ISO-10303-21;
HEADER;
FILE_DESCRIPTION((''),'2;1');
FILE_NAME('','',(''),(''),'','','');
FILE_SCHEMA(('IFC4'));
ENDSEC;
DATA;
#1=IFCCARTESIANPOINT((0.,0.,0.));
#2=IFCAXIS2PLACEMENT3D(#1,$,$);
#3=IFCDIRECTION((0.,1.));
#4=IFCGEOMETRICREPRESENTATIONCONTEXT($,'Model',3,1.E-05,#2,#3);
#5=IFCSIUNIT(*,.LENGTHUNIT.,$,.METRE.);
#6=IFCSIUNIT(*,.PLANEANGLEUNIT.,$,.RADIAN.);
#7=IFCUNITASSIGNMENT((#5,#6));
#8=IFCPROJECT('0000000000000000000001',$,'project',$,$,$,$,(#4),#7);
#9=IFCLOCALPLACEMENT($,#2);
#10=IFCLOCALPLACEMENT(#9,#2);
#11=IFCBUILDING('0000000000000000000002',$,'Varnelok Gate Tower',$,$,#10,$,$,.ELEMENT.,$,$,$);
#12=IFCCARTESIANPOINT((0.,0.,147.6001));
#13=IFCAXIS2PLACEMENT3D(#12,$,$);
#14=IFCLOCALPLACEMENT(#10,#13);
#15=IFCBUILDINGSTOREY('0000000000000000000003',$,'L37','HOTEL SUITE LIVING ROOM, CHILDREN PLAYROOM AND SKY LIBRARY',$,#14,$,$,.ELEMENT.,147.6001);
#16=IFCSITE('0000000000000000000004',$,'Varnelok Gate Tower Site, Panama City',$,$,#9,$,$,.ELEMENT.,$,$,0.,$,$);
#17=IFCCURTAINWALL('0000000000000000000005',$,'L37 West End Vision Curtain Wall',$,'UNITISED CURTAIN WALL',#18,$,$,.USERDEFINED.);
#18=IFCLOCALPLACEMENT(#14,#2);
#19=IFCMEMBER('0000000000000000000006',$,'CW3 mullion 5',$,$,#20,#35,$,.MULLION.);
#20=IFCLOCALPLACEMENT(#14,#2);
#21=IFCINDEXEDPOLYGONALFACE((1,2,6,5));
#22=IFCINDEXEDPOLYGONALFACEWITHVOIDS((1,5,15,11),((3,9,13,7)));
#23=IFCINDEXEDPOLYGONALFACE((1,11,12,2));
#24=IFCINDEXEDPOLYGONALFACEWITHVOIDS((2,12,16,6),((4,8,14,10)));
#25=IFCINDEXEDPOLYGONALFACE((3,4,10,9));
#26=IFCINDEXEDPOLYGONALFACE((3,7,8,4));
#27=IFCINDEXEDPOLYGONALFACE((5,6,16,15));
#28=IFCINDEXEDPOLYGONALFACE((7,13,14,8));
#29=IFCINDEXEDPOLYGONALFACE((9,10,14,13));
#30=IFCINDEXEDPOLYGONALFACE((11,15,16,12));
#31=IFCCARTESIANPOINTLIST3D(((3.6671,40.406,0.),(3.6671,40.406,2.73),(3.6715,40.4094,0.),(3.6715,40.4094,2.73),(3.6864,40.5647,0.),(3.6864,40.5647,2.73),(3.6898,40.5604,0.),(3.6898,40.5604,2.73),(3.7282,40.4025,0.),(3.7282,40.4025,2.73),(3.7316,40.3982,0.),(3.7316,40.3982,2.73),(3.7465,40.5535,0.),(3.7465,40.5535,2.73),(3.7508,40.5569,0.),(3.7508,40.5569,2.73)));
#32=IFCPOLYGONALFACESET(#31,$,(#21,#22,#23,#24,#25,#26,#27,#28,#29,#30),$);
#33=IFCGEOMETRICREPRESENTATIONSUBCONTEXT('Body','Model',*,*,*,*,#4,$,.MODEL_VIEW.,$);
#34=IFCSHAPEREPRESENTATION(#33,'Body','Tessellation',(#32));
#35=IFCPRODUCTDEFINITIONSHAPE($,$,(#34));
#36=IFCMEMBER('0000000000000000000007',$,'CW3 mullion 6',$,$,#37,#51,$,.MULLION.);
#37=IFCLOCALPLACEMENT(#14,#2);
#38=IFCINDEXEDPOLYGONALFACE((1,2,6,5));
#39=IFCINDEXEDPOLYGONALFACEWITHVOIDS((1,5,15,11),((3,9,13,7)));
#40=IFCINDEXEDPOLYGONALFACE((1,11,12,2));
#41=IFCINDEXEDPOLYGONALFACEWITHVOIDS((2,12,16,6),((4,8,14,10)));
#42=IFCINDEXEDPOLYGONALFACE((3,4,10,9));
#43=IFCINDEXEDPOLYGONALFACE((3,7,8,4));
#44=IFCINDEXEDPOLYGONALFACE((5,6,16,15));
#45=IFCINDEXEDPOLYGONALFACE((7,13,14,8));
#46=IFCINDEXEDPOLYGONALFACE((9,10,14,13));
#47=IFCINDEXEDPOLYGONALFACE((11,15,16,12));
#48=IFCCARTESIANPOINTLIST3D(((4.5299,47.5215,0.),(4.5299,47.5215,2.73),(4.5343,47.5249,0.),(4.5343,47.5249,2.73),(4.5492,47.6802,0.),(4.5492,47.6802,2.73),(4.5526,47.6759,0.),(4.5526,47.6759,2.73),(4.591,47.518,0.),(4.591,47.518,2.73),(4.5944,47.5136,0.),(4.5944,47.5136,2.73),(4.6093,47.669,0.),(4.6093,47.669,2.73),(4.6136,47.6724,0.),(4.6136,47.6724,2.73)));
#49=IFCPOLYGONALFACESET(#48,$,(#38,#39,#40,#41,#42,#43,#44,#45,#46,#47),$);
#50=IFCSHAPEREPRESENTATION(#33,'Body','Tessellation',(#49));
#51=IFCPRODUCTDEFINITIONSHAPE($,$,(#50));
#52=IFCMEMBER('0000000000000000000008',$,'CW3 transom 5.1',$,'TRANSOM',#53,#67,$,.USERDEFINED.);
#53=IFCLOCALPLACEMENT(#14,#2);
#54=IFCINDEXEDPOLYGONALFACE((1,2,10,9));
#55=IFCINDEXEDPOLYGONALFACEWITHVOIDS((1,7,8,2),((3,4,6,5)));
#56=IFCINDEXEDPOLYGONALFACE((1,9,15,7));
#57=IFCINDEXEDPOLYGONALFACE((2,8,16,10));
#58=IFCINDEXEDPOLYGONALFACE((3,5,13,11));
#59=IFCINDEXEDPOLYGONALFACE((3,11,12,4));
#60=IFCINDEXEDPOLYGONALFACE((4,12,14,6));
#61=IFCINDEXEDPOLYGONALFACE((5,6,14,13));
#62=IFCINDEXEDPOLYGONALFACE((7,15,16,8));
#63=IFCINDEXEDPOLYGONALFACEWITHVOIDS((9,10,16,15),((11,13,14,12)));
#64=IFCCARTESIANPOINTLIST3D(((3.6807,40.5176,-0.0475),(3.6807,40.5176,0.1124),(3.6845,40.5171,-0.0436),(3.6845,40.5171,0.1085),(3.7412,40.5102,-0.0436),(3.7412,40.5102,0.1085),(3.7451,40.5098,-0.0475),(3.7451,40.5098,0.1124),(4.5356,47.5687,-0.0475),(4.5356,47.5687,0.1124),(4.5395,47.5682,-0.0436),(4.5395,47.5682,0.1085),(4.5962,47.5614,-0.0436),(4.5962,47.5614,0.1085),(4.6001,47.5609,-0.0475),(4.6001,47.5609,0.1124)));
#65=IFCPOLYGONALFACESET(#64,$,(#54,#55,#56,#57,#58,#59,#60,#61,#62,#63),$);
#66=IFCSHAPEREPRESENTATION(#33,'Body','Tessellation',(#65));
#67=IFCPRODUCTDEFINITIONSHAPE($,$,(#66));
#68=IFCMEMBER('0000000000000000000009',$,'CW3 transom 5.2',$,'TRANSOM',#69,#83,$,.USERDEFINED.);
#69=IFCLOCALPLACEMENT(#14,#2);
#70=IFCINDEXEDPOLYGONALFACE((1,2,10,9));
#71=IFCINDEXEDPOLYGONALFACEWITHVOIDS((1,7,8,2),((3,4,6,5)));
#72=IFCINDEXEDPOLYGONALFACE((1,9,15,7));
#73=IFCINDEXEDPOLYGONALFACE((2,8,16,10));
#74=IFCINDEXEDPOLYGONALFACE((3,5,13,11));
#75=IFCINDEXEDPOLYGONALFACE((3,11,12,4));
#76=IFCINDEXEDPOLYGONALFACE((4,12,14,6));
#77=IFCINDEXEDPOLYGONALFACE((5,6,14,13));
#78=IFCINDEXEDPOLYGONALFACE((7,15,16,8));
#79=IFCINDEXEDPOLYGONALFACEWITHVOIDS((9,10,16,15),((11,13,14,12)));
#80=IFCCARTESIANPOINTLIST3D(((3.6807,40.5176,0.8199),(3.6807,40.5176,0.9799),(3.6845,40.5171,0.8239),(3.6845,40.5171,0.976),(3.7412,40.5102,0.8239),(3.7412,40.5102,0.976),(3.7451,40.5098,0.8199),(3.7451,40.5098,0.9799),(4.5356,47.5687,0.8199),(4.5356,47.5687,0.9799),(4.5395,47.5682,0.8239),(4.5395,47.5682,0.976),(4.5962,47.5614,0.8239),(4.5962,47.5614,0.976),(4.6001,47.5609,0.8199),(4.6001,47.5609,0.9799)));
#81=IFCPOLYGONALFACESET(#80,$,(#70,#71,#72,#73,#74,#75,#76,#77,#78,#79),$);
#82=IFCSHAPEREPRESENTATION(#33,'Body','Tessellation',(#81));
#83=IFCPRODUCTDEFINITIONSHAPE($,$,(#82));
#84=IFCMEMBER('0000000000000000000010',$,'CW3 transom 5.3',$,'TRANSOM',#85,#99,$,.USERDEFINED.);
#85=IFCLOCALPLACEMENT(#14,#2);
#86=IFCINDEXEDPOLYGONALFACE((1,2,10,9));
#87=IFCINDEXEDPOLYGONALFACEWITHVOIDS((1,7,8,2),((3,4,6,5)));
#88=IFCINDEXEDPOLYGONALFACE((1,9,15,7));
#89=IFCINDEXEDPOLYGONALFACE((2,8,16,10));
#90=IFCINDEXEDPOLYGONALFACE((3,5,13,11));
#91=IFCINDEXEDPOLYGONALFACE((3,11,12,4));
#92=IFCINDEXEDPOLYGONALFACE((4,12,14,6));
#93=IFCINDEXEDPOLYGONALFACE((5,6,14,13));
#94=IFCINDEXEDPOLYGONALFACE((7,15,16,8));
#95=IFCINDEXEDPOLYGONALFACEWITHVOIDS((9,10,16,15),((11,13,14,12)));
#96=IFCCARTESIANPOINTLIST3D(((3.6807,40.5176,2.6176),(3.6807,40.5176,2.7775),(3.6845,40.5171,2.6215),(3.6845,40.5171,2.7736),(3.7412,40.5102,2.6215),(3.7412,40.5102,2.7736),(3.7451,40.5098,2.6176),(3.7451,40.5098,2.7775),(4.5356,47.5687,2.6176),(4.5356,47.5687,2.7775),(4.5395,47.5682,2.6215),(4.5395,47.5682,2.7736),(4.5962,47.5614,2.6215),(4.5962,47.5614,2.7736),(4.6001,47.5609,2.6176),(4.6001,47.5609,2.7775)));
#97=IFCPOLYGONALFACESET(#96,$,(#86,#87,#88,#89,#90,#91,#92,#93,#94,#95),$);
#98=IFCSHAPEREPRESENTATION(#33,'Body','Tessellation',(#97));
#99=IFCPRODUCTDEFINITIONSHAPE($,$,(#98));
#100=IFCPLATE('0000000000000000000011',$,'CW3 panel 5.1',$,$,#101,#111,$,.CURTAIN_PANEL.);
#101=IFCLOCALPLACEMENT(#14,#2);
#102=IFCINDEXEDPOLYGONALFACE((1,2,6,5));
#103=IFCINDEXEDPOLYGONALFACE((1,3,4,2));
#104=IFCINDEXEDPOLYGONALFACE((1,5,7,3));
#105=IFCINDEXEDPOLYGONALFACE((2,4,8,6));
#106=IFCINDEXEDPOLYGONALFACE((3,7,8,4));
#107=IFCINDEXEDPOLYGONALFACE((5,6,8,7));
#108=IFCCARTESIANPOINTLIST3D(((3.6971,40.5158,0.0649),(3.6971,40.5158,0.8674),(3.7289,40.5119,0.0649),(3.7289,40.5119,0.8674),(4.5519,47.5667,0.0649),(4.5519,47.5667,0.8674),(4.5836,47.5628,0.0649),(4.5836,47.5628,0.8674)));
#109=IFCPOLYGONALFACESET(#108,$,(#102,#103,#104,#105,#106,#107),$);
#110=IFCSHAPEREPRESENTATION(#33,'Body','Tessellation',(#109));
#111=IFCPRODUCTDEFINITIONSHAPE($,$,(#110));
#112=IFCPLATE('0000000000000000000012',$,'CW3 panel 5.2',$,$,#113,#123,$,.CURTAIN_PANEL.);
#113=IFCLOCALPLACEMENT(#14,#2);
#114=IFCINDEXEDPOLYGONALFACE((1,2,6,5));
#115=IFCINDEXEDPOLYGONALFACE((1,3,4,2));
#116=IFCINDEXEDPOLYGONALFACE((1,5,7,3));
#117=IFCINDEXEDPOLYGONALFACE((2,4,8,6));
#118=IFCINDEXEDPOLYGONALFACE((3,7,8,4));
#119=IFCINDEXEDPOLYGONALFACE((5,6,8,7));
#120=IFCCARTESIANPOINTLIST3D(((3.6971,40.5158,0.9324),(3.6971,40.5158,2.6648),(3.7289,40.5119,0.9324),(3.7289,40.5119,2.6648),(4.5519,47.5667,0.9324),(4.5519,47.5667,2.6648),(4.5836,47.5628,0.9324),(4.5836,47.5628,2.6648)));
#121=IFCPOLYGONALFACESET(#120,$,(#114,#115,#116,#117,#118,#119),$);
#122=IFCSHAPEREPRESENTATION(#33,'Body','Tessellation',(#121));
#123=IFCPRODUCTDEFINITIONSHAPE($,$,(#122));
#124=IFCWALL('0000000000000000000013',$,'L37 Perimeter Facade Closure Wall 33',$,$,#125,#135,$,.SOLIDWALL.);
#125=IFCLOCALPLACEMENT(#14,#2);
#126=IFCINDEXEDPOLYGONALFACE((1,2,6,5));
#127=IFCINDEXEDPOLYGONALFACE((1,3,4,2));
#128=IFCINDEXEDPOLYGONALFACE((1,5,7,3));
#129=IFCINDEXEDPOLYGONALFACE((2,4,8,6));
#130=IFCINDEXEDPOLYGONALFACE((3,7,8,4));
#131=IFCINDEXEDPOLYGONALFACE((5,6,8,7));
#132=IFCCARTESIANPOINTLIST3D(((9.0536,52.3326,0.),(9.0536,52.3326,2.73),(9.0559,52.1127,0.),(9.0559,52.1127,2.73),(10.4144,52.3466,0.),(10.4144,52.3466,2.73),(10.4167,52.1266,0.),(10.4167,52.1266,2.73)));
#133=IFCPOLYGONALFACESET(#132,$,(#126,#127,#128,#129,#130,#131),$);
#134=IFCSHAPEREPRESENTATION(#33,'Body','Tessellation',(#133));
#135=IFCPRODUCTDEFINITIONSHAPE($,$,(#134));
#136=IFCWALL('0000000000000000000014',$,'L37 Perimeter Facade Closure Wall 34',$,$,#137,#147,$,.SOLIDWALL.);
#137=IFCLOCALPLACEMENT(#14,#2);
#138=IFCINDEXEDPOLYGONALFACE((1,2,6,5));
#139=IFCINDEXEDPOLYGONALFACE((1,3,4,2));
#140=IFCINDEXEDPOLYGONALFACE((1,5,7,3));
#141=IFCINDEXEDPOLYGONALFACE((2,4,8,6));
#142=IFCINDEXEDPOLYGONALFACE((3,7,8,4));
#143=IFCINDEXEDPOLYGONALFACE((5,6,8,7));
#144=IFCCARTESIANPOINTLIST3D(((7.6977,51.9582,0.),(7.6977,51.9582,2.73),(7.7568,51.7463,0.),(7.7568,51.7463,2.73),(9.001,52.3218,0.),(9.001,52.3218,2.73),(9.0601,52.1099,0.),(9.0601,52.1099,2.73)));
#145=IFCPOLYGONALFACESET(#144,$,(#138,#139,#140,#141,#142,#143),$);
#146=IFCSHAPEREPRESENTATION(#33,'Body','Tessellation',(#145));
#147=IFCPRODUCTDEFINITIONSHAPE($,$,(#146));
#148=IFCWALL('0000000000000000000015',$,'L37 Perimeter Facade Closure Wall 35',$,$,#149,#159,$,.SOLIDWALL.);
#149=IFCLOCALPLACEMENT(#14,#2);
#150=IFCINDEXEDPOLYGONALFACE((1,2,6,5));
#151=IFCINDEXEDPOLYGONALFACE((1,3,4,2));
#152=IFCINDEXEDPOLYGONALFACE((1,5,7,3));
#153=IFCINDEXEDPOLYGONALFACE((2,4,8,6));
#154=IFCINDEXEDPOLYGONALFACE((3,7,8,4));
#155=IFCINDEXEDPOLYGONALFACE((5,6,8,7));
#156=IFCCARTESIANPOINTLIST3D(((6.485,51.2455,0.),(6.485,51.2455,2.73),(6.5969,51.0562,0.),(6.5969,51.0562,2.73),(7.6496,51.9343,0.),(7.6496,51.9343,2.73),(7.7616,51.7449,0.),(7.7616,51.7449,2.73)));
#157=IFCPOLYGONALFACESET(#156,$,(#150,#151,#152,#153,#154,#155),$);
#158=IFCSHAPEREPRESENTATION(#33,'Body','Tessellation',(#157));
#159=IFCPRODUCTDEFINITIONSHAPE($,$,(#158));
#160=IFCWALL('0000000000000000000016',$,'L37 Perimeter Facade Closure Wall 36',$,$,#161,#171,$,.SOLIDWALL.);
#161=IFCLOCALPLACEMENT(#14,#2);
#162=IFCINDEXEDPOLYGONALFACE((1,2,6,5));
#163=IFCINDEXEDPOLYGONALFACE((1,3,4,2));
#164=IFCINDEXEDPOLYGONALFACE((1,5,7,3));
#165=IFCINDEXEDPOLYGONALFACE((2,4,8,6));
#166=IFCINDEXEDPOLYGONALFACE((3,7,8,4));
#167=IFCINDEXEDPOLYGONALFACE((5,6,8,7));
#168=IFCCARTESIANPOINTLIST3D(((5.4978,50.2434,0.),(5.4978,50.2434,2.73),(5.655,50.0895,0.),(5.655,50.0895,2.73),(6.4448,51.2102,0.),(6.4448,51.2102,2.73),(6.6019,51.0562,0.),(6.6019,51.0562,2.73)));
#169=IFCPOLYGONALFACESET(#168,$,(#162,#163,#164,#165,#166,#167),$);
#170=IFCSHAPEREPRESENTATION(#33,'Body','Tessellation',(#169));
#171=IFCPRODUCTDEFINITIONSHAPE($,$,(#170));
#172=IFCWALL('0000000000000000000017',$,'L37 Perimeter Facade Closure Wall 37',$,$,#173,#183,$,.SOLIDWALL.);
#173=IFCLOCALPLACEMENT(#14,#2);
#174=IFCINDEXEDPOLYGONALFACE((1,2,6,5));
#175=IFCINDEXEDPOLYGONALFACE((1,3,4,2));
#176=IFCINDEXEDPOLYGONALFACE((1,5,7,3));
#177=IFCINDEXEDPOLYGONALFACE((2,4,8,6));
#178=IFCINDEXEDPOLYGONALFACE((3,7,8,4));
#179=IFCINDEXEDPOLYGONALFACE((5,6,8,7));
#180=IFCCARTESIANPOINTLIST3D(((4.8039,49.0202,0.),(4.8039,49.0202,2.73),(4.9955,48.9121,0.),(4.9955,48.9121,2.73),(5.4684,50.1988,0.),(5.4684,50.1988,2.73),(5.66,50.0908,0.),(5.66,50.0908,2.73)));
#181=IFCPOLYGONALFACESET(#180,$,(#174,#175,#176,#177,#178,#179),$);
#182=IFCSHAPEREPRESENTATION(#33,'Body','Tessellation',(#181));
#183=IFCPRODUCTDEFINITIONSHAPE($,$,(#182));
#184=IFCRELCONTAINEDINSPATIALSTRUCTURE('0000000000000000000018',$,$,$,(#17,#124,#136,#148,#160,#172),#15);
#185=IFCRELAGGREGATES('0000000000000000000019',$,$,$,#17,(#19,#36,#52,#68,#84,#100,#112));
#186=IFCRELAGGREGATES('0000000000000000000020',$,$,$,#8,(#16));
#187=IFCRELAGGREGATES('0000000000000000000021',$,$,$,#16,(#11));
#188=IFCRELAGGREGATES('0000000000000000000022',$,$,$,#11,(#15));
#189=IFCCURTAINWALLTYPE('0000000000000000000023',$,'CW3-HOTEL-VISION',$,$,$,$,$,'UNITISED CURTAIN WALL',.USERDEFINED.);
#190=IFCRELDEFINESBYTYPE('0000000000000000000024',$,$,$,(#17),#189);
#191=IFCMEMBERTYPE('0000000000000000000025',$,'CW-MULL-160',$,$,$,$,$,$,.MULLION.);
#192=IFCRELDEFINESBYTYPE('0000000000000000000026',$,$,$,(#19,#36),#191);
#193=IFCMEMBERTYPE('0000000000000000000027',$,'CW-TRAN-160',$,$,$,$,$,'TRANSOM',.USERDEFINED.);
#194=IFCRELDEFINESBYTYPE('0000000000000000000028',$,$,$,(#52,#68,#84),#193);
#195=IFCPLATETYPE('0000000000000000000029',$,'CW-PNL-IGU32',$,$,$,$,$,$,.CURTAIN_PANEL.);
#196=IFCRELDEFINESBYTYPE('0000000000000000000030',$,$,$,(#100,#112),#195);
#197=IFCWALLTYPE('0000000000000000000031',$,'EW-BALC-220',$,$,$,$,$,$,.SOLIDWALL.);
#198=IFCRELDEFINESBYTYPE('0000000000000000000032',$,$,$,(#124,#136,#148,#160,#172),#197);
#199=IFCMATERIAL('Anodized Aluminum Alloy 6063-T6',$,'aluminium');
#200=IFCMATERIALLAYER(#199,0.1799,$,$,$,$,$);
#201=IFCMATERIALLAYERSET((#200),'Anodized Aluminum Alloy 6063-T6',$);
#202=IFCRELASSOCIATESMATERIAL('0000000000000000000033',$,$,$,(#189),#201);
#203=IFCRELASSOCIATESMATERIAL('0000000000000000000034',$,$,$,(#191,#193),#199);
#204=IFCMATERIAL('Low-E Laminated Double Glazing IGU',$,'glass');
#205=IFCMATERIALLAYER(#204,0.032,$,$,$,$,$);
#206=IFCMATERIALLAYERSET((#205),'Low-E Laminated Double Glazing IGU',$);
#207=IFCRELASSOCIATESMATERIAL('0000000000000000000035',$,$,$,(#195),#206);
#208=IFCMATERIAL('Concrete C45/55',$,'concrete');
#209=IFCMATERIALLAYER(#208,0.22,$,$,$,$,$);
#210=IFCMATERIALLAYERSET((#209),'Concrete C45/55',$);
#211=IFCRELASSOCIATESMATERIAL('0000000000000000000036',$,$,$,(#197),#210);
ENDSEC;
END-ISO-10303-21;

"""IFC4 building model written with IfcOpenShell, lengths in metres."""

from ifc_helpers import new_model, si_unit, direction, frame, frame_2d, origin, origin_2d, place, context, subcontext, project, spatial, rectangle, hollow_rectangle, extrude, source, transform, mapped, material, layer, layer_set, material_profile, profile_set, type_object, element, aggregate, save


model = new_model("IFC4")

# Units and contexts
model_context = context("Model", 3, precision=1e-05, world=origin(), true_north=direction((0.0, 1.0)))
body_context = subcontext(model_context, "Body", "Model", "MODEL_VIEW")
ifc_project = project(units=[si_unit("LENGTHUNIT", "METRE"), si_unit("PLANEANGLEUNIT", "RADIAN")], contexts=[model_context])

# Site, building, storey
site_placement = place(None, origin())
site = spatial("IfcSite", under=ifc_project, at=site_placement, Name="Varnelok Gate Tower Site, Panama City", CompositionType="ELEMENT", RefElevation=0.0)
building_placement = place(site_placement, origin())
building = spatial("IfcBuilding", under=site, at=building_placement, Name="Varnelok Gate Tower", CompositionType="ELEMENT")
storey_placement = place(building_placement, frame((0.0, 0.0, 147.6001)))
storey = spatial("IfcBuildingStorey", under=building, at=storey_placement, Name="L37", Description="HOTEL SUITE LIVING ROOM, CHILDREN PLAYROOM AND SKY LIBRARY", CompositionType="ELEMENT", Elevation=147.6001)

# Curtain wall, members, plates
ifc_material_1 = material(Name="Anodized Aluminum Alloy 6063-T6", Category="aluminium")
ifc_layer_1 = layer(ifc_material_1, 0.1799)
ifc_layer_set_1 = layer_set([ifc_layer_1], Name="Anodized Aluminum Alloy 6063-T6")
curtain_wall_type = type_object("IfcCurtainWallType", Name="CW3-HOTEL-VISION", ElementType="UNITISED CURTAIN WALL", PredefinedType="USERDEFINED", material=ifc_layer_set_1)
curtain_wall_placement = place(storey_placement, origin())
curtain_wall = element("IfcCurtainWall", 1, at=curtain_wall_placement, inside=storey, type_object=curtain_wall_type, Name="L37 West End Vision Curtain Wall", ObjectType="UNITISED CURTAIN WALL", PredefinedType="USERDEFINED")
ifc_material_profile_1 = material_profile(ifc_material_1, hollow_rectangle(XDim=0.0649, YDim=0.1599, WallThickness=0.0039, at=origin_2d()), Name="ALU160X65X4")
ifc_profile_set_1 = profile_set([ifc_material_profile_1], Name="Anodized Aluminum Alloy 6063-T6")
member_type_1 = type_object("IfcMemberType", Name="CW-MULL-160", PredefinedType="MULLION", material=ifc_profile_set_1)
member_1_placement = place(storey_placement, frame((3.709, 40.4814, 0.0), z_axis=(0.0, 0.0, 1.0), x_axis=(-0.992732, 0.120347, 0.0)))
member_1 = element("IfcMember", 2, at=member_1_placement, type_object=member_type_1, Name="CW3 mullion 5", PredefinedType="MULLION", context=body_context, shape_type="SweptSolid", body=[
    extrude(hollow_rectangle(XDim=0.0649, YDim=0.1599, WallThickness=0.0039, at=origin_2d()), origin(), (0.0, 0.0, 1.0), 2.73),
])
member_2_placement = place(storey_placement, frame((4.5718, 47.5969, 0.0), z_axis=(0.0, 0.0, 1.0), x_axis=(-0.992732, 0.120347, 0.0)))
member_2 = element("IfcMember", 3, at=member_2_placement, type_object=member_type_1, Name="CW3 mullion 6", PredefinedType="MULLION", context=body_context, shape_type="SweptSolid", body=[
    extrude(hollow_rectangle(XDim=0.0649, YDim=0.1599, WallThickness=0.0039, at=origin_2d()), origin(), (0.0, 0.0, 1.0), 2.73),
])
ifc_material_profile_2 = material_profile(ifc_material_1, hollow_rectangle(XDim=0.0649, YDim=0.1599, WallThickness=0.0039, at=origin_2d()), Name="ALU160X65X4")
ifc_profile_set_2 = profile_set([ifc_material_profile_2], Name="Anodized Aluminum Alloy 6063-T6")
member_type_2 = type_object("IfcMemberType", Name="CW-TRAN-160", ElementType="TRANSOM", PredefinedType="USERDEFINED", material=ifc_profile_set_2)
member_3_placement = place(storey_placement, frame((3.7129, 40.5137, 0.0325), z_axis=(0.120374, 0.992729, 0.0), x_axis=(-0.992729, 0.120374, 0.0)))
member_3 = element("IfcMember", 4, at=member_3_placement, type_object=member_type_2, Name="CW3 transom 5.1", ObjectType="TRANSOM", PredefinedType="USERDEFINED", context=body_context, shape_type="SweptSolid", body=[
    extrude(hollow_rectangle(XDim=0.0649, YDim=0.1599, WallThickness=0.0039, at=origin_2d()), origin(), (0.0, 0.0, 1.0), 7.1028),
])
member_4_placement = place(storey_placement, frame((3.7129, 40.5137, 0.8999), z_axis=(0.120374, 0.992729, 0.0), x_axis=(-0.992729, 0.120374, 0.0)))
member_4 = element("IfcMember", 5, at=member_4_placement, type_object=member_type_2, Name="CW3 transom 5.2", ObjectType="TRANSOM", PredefinedType="USERDEFINED", context=body_context, shape_type="SweptSolid", body=[
    extrude(hollow_rectangle(XDim=0.0649, YDim=0.1599, WallThickness=0.0039, at=origin_2d()), origin(), (0.0, 0.0, 1.0), 7.1028),
])
member_5_placement = place(storey_placement, frame((3.7129, 40.5137, 2.6975), z_axis=(0.120374, 0.992729, 0.0), x_axis=(-0.992729, 0.120374, 0.0)))
member_5 = element("IfcMember", 6, at=member_5_placement, type_object=member_type_2, Name="CW3 transom 5.3", ObjectType="TRANSOM", PredefinedType="USERDEFINED", context=body_context, shape_type="SweptSolid", body=[
    extrude(hollow_rectangle(XDim=0.0649, YDim=0.1599, WallThickness=0.0039, at=origin_2d()), origin(), (0.0, 0.0, 1.0), 7.1028),
])
ifc_material_2 = material(Name="Low-E Laminated Double Glazing IGU", Category="glass")
ifc_layer_2 = layer(ifc_material_2, 0.032)
ifc_layer_set_2 = layer_set([ifc_layer_2], Name="Low-E Laminated Double Glazing IGU")
plate_type = type_object("IfcPlateType", Name="CW-PNL-IGU32", PredefinedType="CURTAIN_PANEL", material=ifc_layer_set_2)
shared_shape_1 = source(origin(), body_context, "Body", "SweptSolid", [
    extrude(rectangle(XDim=7.1025, YDim=0.032, at=origin_2d()), origin(), (0.0, 0.0, 1.0), 0.8025),
])
plate_1_placement = place(storey_placement, frame((4.1404, 44.0393, 0.0649), z_axis=(0.0, 0.0, 1.0), x_axis=(0.120347, 0.992732, 0.0)))
plate_1 = element("IfcPlate", 7, at=plate_1_placement, type_object=plate_type, Name="CW3 panel 5.1", PredefinedType="CURTAIN_PANEL", context=body_context, shape_type="MappedRepresentation", body=[
    mapped(shared_shape_1, transform((0.0, 0.0, 0.0), scale=1.0)),
])
shared_shape_2 = source(origin(), body_context, "Body", "SweptSolid", [
    extrude(rectangle(XDim=7.1025, YDim=0.032, at=origin_2d()), origin(), (0.0, 0.0, 1.0), 1.7324),
])
plate_2_placement = place(storey_placement, frame((4.1404, 44.0393, 0.9324), z_axis=(0.0, 0.0, 1.0), x_axis=(0.120347, 0.992732, 0.0)))
plate_2 = element("IfcPlate", 8, at=plate_2_placement, type_object=plate_type, Name="CW3 panel 5.2", PredefinedType="CURTAIN_PANEL", context=body_context, shape_type="MappedRepresentation", body=[
    mapped(shared_shape_2, transform((0.0, 0.0, 0.0), scale=1.0)),
])
aggregate(curtain_wall, [member_1, member_2, member_3, member_4, member_5, plate_1, plate_2])

# Walls
ifc_material_3 = material(Name="Concrete C45/55", Category="concrete")
ifc_layer_3 = layer(ifc_material_3, 0.22)
ifc_layer_set_3 = layer_set([ifc_layer_3], Name="Concrete C45/55")
wall_type_1 = type_object("IfcWallType", Name="EW-BALC-220", PredefinedType="SOLIDWALL", material=ifc_layer_set_3)
wall_1_placement = place(storey_placement, frame((10.4155, 52.2366, 0.0), z_axis=(0.0, 0.0, 1.0), x_axis=(-0.999948, -0.010226, 0.0)))
element("IfcWall", 9, at=wall_1_placement, inside=storey, type_object=wall_type_1, Name="L37 Perimeter Facade Closure Wall 33", PredefinedType="SOLIDWALL", context=body_context, shape_type="SweptSolid", body=[
    extrude(rectangle(XDim=1.3608, YDim=0.22, at=frame_2d((0.6804, 0.0))), origin(), (0.0, 0.0, 1.0), 2.73),
])
for number, where, z_axis, x_axis, name in (
    (10, (9.0305, 52.2158, 0.0), (0.0, 0.0, 1.0), (-0.963228, -0.268686, 0.0), "L37 Perimeter Facade Closure Wall 34"),
    (11, (7.7056, 51.8396, 0.0), (0.0, 0.0, 1.0), (-0.86074, -0.509045, 0.0), "L37 Perimeter Facade Closure Wall 35"),
):
    element("IfcWall", number, at=place(storey_placement, frame(where, z_axis=z_axis, x_axis=x_axis)), inside=storey, type_object=wall_type_1, Name=name, PredefinedType="SOLIDWALL", context=body_context, shape_type="SweptSolid", body=[
        extrude(rectangle(XDim=1.353, YDim=0.22, at=frame_2d((0.6765, 0.0))), origin(), (0.0, 0.0, 1.0), 2.73),
    ])
wall_2_placement = place(storey_placement, frame((6.5234, 51.1333, 0.0), z_axis=(0.0, 0.0, 1.0), x_axis=(-0.699763, -0.714375, 0.0)))
element("IfcWall", 12, at=wall_2_placement, inside=storey, type_object=wall_type_1, Name="L37 Perimeter Facade Closure Wall 36", PredefinedType="SOLIDWALL", context=body_context, shape_type="SweptSolid", body=[
    extrude(rectangle(XDim=1.3533, YDim=0.22, at=frame_2d((0.6768, 0.0))), origin(), (0.0, 0.0, 1.0), 2.73),
])
wall_3_placement = place(storey_placement, frame((5.5642, 50.1448, 0.0), z_axis=(0.0, 0.0, 1.0), x_axis=(-0.491118, -0.871093, 0.0)))
element("IfcWall", 13, at=wall_3_placement, inside=storey, type_object=wall_type_1, Name="L37 Perimeter Facade Closure Wall 37", PredefinedType="SOLIDWALL", context=body_context, shape_type="SweptSolid", body=[
    extrude(rectangle(XDim=1.353, YDim=0.22, at=frame_2d((0.6765, 0.0))), origin(), (0.0, 0.0, 1.0), 2.73),
])

save(model, "model.ifc")
